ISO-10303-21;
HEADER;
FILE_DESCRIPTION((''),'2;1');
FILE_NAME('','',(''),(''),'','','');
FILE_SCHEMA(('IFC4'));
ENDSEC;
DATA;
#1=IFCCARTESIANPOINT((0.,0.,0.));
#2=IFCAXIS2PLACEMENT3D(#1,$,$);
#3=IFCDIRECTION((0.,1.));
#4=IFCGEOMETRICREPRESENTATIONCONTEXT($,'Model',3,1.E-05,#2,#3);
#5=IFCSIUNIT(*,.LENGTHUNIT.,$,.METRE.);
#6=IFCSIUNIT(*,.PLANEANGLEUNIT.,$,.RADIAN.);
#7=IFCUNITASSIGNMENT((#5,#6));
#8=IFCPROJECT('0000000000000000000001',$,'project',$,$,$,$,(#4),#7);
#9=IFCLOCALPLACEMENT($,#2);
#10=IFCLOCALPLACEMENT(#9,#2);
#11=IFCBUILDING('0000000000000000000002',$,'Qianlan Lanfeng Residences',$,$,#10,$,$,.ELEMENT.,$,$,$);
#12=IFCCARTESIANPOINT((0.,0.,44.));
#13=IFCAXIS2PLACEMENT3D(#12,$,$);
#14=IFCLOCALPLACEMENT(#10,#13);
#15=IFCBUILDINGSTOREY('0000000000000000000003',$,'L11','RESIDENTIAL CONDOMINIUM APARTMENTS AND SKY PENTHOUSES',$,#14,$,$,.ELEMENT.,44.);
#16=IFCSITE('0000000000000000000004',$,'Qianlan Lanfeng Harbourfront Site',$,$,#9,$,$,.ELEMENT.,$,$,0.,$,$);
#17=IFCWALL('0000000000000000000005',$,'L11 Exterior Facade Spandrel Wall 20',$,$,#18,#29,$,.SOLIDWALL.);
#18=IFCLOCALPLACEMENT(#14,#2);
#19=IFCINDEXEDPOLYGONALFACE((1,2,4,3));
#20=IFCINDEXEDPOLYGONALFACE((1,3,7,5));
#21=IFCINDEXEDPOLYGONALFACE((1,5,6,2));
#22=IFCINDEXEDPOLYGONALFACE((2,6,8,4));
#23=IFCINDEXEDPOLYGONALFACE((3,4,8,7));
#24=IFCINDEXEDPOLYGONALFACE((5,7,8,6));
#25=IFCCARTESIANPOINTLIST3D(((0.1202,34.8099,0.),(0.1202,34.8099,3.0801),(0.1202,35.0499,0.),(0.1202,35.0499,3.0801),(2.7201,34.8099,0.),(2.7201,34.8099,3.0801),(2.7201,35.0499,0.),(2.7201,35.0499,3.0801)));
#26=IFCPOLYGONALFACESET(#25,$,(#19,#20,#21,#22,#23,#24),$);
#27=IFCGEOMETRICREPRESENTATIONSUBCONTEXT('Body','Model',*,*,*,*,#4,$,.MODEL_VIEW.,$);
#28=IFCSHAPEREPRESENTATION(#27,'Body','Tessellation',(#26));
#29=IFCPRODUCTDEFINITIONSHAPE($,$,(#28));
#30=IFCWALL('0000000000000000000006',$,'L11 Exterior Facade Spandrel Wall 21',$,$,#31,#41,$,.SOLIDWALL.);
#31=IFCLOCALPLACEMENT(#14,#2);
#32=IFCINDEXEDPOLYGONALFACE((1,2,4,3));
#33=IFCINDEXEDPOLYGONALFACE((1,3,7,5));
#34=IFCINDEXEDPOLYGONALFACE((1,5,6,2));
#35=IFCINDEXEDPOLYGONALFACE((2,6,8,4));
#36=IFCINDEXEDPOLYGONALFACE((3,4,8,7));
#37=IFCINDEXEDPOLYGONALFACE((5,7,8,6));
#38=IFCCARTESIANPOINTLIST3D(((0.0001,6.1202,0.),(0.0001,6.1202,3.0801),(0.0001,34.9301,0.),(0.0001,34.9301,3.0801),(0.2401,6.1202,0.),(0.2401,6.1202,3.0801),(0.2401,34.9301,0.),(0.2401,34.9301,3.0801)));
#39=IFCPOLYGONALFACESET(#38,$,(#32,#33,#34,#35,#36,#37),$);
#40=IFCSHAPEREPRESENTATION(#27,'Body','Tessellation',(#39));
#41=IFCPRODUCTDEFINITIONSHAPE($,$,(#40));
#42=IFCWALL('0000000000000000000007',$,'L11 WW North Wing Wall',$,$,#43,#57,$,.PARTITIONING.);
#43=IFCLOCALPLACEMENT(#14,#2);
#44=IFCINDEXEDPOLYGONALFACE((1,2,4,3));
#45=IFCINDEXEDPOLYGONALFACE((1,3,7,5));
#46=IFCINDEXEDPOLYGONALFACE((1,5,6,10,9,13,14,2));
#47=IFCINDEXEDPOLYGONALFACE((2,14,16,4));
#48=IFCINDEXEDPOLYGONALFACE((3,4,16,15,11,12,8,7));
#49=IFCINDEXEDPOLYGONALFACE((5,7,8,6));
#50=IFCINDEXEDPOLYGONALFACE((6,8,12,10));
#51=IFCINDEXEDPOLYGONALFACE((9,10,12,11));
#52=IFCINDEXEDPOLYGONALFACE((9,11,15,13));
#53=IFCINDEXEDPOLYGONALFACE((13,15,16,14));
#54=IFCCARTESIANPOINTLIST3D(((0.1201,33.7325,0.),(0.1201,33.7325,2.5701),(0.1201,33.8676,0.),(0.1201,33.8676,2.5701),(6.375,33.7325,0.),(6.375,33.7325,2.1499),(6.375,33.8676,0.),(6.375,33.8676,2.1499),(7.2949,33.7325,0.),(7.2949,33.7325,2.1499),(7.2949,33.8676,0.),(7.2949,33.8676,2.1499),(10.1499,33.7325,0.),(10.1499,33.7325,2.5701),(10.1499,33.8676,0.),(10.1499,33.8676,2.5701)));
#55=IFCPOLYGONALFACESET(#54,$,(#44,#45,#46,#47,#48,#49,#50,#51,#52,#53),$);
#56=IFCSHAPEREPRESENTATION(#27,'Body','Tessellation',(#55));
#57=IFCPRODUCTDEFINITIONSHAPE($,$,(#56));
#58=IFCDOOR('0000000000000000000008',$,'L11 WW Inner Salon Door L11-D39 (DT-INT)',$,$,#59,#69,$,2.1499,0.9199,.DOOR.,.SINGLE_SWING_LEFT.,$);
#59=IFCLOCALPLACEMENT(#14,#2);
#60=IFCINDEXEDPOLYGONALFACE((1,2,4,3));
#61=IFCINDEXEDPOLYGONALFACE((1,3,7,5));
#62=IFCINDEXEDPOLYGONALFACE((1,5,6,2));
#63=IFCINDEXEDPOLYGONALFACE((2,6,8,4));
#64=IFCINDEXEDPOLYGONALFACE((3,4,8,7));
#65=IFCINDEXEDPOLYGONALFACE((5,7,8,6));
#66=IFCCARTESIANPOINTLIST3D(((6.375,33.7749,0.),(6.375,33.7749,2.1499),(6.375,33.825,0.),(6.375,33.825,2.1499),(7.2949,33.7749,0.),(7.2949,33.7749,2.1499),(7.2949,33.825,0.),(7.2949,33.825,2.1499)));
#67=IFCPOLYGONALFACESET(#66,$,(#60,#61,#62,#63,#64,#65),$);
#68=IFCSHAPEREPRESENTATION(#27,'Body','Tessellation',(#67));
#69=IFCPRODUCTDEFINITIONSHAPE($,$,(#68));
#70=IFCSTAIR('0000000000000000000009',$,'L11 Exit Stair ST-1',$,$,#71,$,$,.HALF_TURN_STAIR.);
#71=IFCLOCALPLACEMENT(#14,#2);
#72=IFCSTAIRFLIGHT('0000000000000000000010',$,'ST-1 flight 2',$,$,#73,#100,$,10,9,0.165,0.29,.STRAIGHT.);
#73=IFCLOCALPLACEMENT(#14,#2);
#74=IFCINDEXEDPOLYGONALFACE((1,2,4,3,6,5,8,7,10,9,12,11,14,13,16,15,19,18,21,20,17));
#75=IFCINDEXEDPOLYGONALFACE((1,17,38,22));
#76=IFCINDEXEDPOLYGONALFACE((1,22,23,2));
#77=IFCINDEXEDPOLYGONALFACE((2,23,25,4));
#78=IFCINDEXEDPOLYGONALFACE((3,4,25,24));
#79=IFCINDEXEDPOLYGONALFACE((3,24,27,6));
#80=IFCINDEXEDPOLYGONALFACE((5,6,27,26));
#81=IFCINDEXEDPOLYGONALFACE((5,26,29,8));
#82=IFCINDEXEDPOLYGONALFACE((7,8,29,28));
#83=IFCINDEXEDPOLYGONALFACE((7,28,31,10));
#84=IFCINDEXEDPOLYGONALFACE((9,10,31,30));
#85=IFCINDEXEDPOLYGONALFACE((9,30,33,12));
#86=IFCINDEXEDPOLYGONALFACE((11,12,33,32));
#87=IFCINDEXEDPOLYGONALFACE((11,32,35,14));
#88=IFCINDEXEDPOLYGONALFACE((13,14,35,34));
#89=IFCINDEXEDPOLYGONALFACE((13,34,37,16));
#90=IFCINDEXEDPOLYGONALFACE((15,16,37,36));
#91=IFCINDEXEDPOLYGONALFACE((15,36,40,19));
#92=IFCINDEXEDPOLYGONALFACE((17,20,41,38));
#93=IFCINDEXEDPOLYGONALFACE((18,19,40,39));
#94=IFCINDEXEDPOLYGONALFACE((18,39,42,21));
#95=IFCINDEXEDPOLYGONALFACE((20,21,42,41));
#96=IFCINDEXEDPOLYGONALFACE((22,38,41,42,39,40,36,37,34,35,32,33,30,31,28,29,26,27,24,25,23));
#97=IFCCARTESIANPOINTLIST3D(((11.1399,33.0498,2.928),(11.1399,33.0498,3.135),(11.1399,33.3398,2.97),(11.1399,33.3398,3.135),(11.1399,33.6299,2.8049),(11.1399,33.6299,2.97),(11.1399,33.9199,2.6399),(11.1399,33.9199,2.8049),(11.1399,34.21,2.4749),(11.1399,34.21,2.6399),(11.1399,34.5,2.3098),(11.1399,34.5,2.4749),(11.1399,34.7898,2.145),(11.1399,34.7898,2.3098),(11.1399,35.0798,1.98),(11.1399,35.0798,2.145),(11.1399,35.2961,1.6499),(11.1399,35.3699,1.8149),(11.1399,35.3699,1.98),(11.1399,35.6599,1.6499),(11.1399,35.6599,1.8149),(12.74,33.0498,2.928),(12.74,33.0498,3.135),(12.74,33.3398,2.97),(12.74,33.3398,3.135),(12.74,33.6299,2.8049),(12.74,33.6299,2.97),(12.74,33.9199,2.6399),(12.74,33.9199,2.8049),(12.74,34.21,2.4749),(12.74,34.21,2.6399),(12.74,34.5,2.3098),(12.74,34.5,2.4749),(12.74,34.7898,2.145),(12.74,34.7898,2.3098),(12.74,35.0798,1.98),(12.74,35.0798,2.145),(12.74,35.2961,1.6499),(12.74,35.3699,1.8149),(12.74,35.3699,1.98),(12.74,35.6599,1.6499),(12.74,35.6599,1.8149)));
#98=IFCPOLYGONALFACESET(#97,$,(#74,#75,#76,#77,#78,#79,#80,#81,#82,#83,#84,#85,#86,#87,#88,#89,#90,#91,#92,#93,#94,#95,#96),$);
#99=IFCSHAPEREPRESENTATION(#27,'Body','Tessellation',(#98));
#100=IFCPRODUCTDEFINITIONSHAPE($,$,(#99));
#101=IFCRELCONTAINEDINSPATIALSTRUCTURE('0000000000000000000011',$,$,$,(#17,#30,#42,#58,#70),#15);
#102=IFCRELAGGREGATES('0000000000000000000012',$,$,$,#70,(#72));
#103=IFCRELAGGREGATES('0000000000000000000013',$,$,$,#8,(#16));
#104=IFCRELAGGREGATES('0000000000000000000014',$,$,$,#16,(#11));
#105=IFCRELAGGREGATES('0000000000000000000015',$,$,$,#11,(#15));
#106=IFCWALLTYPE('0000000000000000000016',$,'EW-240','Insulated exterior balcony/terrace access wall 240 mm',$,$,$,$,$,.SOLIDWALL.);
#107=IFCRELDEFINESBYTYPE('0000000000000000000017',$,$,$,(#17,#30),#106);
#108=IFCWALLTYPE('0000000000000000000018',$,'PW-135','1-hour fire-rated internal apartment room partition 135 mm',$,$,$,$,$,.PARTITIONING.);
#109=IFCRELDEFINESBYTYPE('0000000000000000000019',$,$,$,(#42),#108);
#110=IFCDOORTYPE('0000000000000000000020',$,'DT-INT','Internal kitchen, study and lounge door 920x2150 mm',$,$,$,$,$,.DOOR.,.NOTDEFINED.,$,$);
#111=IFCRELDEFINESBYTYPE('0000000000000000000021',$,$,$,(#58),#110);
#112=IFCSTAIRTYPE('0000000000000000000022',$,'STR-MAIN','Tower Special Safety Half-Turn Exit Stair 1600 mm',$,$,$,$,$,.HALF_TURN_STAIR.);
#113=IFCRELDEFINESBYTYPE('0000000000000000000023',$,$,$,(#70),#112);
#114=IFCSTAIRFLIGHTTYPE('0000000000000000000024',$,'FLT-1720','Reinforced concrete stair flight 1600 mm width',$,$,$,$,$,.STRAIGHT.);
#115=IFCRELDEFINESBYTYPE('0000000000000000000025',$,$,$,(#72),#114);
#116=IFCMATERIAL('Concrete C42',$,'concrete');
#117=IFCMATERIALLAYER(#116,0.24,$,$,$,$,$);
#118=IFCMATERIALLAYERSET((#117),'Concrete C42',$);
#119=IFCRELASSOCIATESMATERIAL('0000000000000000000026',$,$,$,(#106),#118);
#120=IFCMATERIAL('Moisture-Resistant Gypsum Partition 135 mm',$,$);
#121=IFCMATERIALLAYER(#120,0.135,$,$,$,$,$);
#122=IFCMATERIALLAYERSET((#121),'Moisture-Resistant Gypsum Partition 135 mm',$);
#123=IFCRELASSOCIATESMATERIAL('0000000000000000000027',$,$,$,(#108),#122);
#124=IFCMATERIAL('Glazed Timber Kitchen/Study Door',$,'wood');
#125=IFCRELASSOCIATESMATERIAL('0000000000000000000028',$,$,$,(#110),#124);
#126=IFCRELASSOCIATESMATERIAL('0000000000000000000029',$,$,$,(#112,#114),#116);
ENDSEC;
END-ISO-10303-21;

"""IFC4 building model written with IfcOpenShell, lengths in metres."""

from ifc_helpers import new_model, si_unit, direction, frame, frame_2d, origin, place, context, subcontext, project, spatial, polyline, rectangle, outline, extrude, material, layer, layer_set, type_object, element, fill, aggregate, save


model = new_model("IFC4")

# Units and contexts
model_context = context("Model", 3, precision=1e-05, world=origin(), true_north=direction((0.0, 1.0)))
body_context = subcontext(model_context, "Body", "Model", "MODEL_VIEW")
ifc_project = project(units=[si_unit("LENGTHUNIT", "METRE"), si_unit("PLANEANGLEUNIT", "RADIAN")], contexts=[model_context])

# Site, building, storey
site_placement = place(None, origin())
site = spatial("IfcSite", under=ifc_project, at=site_placement, Name="Qianlan Lanfeng Harbourfront Site", CompositionType="ELEMENT", RefElevation=0.0)
building_placement = place(site_placement, origin())
building = spatial("IfcBuilding", under=site, at=building_placement, Name="Qianlan Lanfeng Residences", CompositionType="ELEMENT")
storey_placement = place(building_placement, frame((0.0, 0.0, 44.0)))
storey = spatial("IfcBuildingStorey", under=building, at=storey_placement, Name="L11", Description="RESIDENTIAL CONDOMINIUM APARTMENTS AND SKY PENTHOUSES", CompositionType="ELEMENT", Elevation=44.0)

# Walls
ifc_material_1 = material(Name="Concrete C42", Category="concrete")
ifc_layer_1 = layer(ifc_material_1, 0.24)
ifc_layer_set_1 = layer_set([ifc_layer_1], Name="Concrete C42")
wall_type_1 = type_object("IfcWallType", Name="EW-240", Description="Insulated exterior balcony/terrace access wall 240 mm", PredefinedType="SOLIDWALL", material=ifc_layer_set_1)
wall_1_placement = place(storey_placement, frame((2.72, 34.9299, 0.0), z_axis=(0.0, 0.0, 1.0), x_axis=(-1.0, 0.0, 0.0)))
element("IfcWall", 1, at=wall_1_placement, inside=storey, type_object=wall_type_1, Name="L11 Exterior Facade Spandrel Wall 20", PredefinedType="SOLIDWALL", context=body_context, shape_type="SweptSolid", body=[
    extrude(rectangle(XDim=2.5999, YDim=0.24, at=frame_2d((1.2998, 0.0))), origin(), (0.0, 0.0, 1.0), 3.0801),
])
wall_2_placement = place(storey_placement, frame((0.1201, 34.9299, 0.0), z_axis=(0.0, 0.0, 1.0), x_axis=(0.0, -1.0, 0.0)))
element("IfcWall", 2, at=wall_2_placement, inside=storey, type_object=wall_type_1, Name="L11 Exterior Facade Spandrel Wall 21", PredefinedType="SOLIDWALL", context=body_context, shape_type="SweptSolid", body=[
    extrude(rectangle(XDim=28.8098, YDim=0.24, at=frame_2d((14.4048, 0.0))), origin(), (0.0, 0.0, 1.0), 3.0801),
])

# Wall, opening, door
ifc_material_2 = material(Name="Moisture-Resistant Gypsum Partition 135 mm")
ifc_layer_2 = layer(ifc_material_2, 0.135)
ifc_layer_set_2 = layer_set([ifc_layer_2], Name="Moisture-Resistant Gypsum Partition 135 mm")
wall_type_2 = type_object("IfcWallType", Name="PW-135", Description="1-hour fire-rated internal apartment room partition 135 mm", PredefinedType="PARTITIONING", material=ifc_layer_set_2)
wall_3_placement = place(storey_placement, frame((0.1201, 33.8, 0.0), z_axis=(0.0, 0.0, 1.0), x_axis=(1.0, 0.0, 0.0)))
wall_3 = element("IfcWall", 3, at=wall_3_placement, inside=storey, type_object=wall_type_2, Name="L11 WW North Wing Wall", PredefinedType="PARTITIONING", context=body_context, shape_type="SweptSolid", body=[
    extrude(rectangle(XDim=10.0298, YDim=0.135, at=frame_2d((5.0149, 0.0))), origin(), (0.0, 0.0, 1.0), 2.5701),
])
opening_1_placement = place(wall_3_placement, frame((6.2549, 0.0, 0.0)))
opening_1 = element("IfcOpeningElement", 4, at=opening_1_placement, cuts=wall_3, PredefinedType="OPENING", context=body_context, shape_type="SweptSolid", body=[
    extrude(rectangle(XDim=0.9199, YDim=2.1499, at=frame_2d((0.46, 1.075))), frame((0.0, 0.0776, 0.0), z_axis=(0.0, -1.0, 0.0), x_axis=(1.0, 0.0, 0.0)), (0.0, 0.0, 1.0), 0.155),
])
ifc_material_3 = material(Name="Glazed Timber Kitchen/Study Door", Category="wood")
door_type_1 = type_object("IfcDoorType", Name="DT-INT", Description="Internal kitchen, study and lounge door 920x2150 mm", OperationType="NOTDEFINED", PredefinedType="DOOR", material=ifc_material_3)
door_1_placement = place(opening_1_placement, origin())
door_1 = element("IfcDoor", 5, at=door_1_placement, inside=storey, type_object=door_type_1, Name="L11 WW Inner Salon Door L11-D39 (DT-INT)", OperationType="SINGLE_SWING_LEFT", OverallHeight=2.1499, OverallWidth=0.9199, PredefinedType="DOOR", context=body_context, shape_type="SweptSolid", body=[
    extrude(rectangle(XDim=0.9199, YDim=2.1499, at=frame_2d((0.46, 1.075))), frame((0.0, 0.0249, 0.0), z_axis=(0.0, -1.0, 0.0), x_axis=(1.0, 0.0, 0.0)), (0.0, 0.0, 1.0), 0.05),
])
fill(opening_1, door_1)

# Stair, stair flight
stair_type = type_object("IfcStairType", Name="STR-MAIN", Description="Tower Special Safety Half-Turn Exit Stair 1600 mm", PredefinedType="HALF_TURN_STAIR", material=ifc_material_1)
stair_placement = place(storey_placement, origin())
stair = element("IfcStair", 6, at=stair_placement, inside=storey, type_object=stair_type, Name="L11 Exit Stair ST-1", PredefinedType="HALF_TURN_STAIR")
stair_flight_type = type_object("IfcStairFlightType", Name="FLT-1720", Description="Reinforced concrete stair flight 1600 mm width", PredefinedType="STRAIGHT", material=ifc_material_1)
stair_flight_placement = place(storey_placement, frame((11.9399, 35.6599, 1.6499), z_axis=(0.0, 0.0, 1.0), x_axis=(0.0, -1.0, 0.0)))
stair_flight = element("IfcStairFlight", 7, at=stair_flight_placement, type_object=stair_flight_type, Name="ST-1 flight 2", NumberOfRisers=10, NumberOfTreads=9, PredefinedType="STRAIGHT", RiserHeight=0.165, TreadLength=0.29, context=body_context, shape_type="SweptSolid", body=[
    extrude(outline(polyline([(0.0, 0.0), (0.0, 0.165), (0.29, 0.165), (0.29, 0.3301), (0.5801, 0.3301), (0.5801, 0.4951), (0.8701, 0.4951), (0.8701, 0.6599), (1.1599, 0.6599), (1.1599, 0.825), (1.45, 0.825), (1.45, 0.99), (1.74, 0.99), (1.74, 1.155), (2.03, 1.155), (2.03, 1.3201), (2.3201, 1.3201), (2.3201, 1.4851), (2.6101, 1.4851), (2.6101, 1.6499), (2.6101, 1.2781), (0.3638, 0.0), (0.0, 0.0)])), frame((0.0, 0.8, 0.0), z_axis=(0.0, -1.0, 0.0), x_axis=(1.0, 0.0, 0.0)), (0.0, 0.0, 1.0), 1.6001),
])
aggregate(stair, [stair_flight])

save(model, "model.ifc")
